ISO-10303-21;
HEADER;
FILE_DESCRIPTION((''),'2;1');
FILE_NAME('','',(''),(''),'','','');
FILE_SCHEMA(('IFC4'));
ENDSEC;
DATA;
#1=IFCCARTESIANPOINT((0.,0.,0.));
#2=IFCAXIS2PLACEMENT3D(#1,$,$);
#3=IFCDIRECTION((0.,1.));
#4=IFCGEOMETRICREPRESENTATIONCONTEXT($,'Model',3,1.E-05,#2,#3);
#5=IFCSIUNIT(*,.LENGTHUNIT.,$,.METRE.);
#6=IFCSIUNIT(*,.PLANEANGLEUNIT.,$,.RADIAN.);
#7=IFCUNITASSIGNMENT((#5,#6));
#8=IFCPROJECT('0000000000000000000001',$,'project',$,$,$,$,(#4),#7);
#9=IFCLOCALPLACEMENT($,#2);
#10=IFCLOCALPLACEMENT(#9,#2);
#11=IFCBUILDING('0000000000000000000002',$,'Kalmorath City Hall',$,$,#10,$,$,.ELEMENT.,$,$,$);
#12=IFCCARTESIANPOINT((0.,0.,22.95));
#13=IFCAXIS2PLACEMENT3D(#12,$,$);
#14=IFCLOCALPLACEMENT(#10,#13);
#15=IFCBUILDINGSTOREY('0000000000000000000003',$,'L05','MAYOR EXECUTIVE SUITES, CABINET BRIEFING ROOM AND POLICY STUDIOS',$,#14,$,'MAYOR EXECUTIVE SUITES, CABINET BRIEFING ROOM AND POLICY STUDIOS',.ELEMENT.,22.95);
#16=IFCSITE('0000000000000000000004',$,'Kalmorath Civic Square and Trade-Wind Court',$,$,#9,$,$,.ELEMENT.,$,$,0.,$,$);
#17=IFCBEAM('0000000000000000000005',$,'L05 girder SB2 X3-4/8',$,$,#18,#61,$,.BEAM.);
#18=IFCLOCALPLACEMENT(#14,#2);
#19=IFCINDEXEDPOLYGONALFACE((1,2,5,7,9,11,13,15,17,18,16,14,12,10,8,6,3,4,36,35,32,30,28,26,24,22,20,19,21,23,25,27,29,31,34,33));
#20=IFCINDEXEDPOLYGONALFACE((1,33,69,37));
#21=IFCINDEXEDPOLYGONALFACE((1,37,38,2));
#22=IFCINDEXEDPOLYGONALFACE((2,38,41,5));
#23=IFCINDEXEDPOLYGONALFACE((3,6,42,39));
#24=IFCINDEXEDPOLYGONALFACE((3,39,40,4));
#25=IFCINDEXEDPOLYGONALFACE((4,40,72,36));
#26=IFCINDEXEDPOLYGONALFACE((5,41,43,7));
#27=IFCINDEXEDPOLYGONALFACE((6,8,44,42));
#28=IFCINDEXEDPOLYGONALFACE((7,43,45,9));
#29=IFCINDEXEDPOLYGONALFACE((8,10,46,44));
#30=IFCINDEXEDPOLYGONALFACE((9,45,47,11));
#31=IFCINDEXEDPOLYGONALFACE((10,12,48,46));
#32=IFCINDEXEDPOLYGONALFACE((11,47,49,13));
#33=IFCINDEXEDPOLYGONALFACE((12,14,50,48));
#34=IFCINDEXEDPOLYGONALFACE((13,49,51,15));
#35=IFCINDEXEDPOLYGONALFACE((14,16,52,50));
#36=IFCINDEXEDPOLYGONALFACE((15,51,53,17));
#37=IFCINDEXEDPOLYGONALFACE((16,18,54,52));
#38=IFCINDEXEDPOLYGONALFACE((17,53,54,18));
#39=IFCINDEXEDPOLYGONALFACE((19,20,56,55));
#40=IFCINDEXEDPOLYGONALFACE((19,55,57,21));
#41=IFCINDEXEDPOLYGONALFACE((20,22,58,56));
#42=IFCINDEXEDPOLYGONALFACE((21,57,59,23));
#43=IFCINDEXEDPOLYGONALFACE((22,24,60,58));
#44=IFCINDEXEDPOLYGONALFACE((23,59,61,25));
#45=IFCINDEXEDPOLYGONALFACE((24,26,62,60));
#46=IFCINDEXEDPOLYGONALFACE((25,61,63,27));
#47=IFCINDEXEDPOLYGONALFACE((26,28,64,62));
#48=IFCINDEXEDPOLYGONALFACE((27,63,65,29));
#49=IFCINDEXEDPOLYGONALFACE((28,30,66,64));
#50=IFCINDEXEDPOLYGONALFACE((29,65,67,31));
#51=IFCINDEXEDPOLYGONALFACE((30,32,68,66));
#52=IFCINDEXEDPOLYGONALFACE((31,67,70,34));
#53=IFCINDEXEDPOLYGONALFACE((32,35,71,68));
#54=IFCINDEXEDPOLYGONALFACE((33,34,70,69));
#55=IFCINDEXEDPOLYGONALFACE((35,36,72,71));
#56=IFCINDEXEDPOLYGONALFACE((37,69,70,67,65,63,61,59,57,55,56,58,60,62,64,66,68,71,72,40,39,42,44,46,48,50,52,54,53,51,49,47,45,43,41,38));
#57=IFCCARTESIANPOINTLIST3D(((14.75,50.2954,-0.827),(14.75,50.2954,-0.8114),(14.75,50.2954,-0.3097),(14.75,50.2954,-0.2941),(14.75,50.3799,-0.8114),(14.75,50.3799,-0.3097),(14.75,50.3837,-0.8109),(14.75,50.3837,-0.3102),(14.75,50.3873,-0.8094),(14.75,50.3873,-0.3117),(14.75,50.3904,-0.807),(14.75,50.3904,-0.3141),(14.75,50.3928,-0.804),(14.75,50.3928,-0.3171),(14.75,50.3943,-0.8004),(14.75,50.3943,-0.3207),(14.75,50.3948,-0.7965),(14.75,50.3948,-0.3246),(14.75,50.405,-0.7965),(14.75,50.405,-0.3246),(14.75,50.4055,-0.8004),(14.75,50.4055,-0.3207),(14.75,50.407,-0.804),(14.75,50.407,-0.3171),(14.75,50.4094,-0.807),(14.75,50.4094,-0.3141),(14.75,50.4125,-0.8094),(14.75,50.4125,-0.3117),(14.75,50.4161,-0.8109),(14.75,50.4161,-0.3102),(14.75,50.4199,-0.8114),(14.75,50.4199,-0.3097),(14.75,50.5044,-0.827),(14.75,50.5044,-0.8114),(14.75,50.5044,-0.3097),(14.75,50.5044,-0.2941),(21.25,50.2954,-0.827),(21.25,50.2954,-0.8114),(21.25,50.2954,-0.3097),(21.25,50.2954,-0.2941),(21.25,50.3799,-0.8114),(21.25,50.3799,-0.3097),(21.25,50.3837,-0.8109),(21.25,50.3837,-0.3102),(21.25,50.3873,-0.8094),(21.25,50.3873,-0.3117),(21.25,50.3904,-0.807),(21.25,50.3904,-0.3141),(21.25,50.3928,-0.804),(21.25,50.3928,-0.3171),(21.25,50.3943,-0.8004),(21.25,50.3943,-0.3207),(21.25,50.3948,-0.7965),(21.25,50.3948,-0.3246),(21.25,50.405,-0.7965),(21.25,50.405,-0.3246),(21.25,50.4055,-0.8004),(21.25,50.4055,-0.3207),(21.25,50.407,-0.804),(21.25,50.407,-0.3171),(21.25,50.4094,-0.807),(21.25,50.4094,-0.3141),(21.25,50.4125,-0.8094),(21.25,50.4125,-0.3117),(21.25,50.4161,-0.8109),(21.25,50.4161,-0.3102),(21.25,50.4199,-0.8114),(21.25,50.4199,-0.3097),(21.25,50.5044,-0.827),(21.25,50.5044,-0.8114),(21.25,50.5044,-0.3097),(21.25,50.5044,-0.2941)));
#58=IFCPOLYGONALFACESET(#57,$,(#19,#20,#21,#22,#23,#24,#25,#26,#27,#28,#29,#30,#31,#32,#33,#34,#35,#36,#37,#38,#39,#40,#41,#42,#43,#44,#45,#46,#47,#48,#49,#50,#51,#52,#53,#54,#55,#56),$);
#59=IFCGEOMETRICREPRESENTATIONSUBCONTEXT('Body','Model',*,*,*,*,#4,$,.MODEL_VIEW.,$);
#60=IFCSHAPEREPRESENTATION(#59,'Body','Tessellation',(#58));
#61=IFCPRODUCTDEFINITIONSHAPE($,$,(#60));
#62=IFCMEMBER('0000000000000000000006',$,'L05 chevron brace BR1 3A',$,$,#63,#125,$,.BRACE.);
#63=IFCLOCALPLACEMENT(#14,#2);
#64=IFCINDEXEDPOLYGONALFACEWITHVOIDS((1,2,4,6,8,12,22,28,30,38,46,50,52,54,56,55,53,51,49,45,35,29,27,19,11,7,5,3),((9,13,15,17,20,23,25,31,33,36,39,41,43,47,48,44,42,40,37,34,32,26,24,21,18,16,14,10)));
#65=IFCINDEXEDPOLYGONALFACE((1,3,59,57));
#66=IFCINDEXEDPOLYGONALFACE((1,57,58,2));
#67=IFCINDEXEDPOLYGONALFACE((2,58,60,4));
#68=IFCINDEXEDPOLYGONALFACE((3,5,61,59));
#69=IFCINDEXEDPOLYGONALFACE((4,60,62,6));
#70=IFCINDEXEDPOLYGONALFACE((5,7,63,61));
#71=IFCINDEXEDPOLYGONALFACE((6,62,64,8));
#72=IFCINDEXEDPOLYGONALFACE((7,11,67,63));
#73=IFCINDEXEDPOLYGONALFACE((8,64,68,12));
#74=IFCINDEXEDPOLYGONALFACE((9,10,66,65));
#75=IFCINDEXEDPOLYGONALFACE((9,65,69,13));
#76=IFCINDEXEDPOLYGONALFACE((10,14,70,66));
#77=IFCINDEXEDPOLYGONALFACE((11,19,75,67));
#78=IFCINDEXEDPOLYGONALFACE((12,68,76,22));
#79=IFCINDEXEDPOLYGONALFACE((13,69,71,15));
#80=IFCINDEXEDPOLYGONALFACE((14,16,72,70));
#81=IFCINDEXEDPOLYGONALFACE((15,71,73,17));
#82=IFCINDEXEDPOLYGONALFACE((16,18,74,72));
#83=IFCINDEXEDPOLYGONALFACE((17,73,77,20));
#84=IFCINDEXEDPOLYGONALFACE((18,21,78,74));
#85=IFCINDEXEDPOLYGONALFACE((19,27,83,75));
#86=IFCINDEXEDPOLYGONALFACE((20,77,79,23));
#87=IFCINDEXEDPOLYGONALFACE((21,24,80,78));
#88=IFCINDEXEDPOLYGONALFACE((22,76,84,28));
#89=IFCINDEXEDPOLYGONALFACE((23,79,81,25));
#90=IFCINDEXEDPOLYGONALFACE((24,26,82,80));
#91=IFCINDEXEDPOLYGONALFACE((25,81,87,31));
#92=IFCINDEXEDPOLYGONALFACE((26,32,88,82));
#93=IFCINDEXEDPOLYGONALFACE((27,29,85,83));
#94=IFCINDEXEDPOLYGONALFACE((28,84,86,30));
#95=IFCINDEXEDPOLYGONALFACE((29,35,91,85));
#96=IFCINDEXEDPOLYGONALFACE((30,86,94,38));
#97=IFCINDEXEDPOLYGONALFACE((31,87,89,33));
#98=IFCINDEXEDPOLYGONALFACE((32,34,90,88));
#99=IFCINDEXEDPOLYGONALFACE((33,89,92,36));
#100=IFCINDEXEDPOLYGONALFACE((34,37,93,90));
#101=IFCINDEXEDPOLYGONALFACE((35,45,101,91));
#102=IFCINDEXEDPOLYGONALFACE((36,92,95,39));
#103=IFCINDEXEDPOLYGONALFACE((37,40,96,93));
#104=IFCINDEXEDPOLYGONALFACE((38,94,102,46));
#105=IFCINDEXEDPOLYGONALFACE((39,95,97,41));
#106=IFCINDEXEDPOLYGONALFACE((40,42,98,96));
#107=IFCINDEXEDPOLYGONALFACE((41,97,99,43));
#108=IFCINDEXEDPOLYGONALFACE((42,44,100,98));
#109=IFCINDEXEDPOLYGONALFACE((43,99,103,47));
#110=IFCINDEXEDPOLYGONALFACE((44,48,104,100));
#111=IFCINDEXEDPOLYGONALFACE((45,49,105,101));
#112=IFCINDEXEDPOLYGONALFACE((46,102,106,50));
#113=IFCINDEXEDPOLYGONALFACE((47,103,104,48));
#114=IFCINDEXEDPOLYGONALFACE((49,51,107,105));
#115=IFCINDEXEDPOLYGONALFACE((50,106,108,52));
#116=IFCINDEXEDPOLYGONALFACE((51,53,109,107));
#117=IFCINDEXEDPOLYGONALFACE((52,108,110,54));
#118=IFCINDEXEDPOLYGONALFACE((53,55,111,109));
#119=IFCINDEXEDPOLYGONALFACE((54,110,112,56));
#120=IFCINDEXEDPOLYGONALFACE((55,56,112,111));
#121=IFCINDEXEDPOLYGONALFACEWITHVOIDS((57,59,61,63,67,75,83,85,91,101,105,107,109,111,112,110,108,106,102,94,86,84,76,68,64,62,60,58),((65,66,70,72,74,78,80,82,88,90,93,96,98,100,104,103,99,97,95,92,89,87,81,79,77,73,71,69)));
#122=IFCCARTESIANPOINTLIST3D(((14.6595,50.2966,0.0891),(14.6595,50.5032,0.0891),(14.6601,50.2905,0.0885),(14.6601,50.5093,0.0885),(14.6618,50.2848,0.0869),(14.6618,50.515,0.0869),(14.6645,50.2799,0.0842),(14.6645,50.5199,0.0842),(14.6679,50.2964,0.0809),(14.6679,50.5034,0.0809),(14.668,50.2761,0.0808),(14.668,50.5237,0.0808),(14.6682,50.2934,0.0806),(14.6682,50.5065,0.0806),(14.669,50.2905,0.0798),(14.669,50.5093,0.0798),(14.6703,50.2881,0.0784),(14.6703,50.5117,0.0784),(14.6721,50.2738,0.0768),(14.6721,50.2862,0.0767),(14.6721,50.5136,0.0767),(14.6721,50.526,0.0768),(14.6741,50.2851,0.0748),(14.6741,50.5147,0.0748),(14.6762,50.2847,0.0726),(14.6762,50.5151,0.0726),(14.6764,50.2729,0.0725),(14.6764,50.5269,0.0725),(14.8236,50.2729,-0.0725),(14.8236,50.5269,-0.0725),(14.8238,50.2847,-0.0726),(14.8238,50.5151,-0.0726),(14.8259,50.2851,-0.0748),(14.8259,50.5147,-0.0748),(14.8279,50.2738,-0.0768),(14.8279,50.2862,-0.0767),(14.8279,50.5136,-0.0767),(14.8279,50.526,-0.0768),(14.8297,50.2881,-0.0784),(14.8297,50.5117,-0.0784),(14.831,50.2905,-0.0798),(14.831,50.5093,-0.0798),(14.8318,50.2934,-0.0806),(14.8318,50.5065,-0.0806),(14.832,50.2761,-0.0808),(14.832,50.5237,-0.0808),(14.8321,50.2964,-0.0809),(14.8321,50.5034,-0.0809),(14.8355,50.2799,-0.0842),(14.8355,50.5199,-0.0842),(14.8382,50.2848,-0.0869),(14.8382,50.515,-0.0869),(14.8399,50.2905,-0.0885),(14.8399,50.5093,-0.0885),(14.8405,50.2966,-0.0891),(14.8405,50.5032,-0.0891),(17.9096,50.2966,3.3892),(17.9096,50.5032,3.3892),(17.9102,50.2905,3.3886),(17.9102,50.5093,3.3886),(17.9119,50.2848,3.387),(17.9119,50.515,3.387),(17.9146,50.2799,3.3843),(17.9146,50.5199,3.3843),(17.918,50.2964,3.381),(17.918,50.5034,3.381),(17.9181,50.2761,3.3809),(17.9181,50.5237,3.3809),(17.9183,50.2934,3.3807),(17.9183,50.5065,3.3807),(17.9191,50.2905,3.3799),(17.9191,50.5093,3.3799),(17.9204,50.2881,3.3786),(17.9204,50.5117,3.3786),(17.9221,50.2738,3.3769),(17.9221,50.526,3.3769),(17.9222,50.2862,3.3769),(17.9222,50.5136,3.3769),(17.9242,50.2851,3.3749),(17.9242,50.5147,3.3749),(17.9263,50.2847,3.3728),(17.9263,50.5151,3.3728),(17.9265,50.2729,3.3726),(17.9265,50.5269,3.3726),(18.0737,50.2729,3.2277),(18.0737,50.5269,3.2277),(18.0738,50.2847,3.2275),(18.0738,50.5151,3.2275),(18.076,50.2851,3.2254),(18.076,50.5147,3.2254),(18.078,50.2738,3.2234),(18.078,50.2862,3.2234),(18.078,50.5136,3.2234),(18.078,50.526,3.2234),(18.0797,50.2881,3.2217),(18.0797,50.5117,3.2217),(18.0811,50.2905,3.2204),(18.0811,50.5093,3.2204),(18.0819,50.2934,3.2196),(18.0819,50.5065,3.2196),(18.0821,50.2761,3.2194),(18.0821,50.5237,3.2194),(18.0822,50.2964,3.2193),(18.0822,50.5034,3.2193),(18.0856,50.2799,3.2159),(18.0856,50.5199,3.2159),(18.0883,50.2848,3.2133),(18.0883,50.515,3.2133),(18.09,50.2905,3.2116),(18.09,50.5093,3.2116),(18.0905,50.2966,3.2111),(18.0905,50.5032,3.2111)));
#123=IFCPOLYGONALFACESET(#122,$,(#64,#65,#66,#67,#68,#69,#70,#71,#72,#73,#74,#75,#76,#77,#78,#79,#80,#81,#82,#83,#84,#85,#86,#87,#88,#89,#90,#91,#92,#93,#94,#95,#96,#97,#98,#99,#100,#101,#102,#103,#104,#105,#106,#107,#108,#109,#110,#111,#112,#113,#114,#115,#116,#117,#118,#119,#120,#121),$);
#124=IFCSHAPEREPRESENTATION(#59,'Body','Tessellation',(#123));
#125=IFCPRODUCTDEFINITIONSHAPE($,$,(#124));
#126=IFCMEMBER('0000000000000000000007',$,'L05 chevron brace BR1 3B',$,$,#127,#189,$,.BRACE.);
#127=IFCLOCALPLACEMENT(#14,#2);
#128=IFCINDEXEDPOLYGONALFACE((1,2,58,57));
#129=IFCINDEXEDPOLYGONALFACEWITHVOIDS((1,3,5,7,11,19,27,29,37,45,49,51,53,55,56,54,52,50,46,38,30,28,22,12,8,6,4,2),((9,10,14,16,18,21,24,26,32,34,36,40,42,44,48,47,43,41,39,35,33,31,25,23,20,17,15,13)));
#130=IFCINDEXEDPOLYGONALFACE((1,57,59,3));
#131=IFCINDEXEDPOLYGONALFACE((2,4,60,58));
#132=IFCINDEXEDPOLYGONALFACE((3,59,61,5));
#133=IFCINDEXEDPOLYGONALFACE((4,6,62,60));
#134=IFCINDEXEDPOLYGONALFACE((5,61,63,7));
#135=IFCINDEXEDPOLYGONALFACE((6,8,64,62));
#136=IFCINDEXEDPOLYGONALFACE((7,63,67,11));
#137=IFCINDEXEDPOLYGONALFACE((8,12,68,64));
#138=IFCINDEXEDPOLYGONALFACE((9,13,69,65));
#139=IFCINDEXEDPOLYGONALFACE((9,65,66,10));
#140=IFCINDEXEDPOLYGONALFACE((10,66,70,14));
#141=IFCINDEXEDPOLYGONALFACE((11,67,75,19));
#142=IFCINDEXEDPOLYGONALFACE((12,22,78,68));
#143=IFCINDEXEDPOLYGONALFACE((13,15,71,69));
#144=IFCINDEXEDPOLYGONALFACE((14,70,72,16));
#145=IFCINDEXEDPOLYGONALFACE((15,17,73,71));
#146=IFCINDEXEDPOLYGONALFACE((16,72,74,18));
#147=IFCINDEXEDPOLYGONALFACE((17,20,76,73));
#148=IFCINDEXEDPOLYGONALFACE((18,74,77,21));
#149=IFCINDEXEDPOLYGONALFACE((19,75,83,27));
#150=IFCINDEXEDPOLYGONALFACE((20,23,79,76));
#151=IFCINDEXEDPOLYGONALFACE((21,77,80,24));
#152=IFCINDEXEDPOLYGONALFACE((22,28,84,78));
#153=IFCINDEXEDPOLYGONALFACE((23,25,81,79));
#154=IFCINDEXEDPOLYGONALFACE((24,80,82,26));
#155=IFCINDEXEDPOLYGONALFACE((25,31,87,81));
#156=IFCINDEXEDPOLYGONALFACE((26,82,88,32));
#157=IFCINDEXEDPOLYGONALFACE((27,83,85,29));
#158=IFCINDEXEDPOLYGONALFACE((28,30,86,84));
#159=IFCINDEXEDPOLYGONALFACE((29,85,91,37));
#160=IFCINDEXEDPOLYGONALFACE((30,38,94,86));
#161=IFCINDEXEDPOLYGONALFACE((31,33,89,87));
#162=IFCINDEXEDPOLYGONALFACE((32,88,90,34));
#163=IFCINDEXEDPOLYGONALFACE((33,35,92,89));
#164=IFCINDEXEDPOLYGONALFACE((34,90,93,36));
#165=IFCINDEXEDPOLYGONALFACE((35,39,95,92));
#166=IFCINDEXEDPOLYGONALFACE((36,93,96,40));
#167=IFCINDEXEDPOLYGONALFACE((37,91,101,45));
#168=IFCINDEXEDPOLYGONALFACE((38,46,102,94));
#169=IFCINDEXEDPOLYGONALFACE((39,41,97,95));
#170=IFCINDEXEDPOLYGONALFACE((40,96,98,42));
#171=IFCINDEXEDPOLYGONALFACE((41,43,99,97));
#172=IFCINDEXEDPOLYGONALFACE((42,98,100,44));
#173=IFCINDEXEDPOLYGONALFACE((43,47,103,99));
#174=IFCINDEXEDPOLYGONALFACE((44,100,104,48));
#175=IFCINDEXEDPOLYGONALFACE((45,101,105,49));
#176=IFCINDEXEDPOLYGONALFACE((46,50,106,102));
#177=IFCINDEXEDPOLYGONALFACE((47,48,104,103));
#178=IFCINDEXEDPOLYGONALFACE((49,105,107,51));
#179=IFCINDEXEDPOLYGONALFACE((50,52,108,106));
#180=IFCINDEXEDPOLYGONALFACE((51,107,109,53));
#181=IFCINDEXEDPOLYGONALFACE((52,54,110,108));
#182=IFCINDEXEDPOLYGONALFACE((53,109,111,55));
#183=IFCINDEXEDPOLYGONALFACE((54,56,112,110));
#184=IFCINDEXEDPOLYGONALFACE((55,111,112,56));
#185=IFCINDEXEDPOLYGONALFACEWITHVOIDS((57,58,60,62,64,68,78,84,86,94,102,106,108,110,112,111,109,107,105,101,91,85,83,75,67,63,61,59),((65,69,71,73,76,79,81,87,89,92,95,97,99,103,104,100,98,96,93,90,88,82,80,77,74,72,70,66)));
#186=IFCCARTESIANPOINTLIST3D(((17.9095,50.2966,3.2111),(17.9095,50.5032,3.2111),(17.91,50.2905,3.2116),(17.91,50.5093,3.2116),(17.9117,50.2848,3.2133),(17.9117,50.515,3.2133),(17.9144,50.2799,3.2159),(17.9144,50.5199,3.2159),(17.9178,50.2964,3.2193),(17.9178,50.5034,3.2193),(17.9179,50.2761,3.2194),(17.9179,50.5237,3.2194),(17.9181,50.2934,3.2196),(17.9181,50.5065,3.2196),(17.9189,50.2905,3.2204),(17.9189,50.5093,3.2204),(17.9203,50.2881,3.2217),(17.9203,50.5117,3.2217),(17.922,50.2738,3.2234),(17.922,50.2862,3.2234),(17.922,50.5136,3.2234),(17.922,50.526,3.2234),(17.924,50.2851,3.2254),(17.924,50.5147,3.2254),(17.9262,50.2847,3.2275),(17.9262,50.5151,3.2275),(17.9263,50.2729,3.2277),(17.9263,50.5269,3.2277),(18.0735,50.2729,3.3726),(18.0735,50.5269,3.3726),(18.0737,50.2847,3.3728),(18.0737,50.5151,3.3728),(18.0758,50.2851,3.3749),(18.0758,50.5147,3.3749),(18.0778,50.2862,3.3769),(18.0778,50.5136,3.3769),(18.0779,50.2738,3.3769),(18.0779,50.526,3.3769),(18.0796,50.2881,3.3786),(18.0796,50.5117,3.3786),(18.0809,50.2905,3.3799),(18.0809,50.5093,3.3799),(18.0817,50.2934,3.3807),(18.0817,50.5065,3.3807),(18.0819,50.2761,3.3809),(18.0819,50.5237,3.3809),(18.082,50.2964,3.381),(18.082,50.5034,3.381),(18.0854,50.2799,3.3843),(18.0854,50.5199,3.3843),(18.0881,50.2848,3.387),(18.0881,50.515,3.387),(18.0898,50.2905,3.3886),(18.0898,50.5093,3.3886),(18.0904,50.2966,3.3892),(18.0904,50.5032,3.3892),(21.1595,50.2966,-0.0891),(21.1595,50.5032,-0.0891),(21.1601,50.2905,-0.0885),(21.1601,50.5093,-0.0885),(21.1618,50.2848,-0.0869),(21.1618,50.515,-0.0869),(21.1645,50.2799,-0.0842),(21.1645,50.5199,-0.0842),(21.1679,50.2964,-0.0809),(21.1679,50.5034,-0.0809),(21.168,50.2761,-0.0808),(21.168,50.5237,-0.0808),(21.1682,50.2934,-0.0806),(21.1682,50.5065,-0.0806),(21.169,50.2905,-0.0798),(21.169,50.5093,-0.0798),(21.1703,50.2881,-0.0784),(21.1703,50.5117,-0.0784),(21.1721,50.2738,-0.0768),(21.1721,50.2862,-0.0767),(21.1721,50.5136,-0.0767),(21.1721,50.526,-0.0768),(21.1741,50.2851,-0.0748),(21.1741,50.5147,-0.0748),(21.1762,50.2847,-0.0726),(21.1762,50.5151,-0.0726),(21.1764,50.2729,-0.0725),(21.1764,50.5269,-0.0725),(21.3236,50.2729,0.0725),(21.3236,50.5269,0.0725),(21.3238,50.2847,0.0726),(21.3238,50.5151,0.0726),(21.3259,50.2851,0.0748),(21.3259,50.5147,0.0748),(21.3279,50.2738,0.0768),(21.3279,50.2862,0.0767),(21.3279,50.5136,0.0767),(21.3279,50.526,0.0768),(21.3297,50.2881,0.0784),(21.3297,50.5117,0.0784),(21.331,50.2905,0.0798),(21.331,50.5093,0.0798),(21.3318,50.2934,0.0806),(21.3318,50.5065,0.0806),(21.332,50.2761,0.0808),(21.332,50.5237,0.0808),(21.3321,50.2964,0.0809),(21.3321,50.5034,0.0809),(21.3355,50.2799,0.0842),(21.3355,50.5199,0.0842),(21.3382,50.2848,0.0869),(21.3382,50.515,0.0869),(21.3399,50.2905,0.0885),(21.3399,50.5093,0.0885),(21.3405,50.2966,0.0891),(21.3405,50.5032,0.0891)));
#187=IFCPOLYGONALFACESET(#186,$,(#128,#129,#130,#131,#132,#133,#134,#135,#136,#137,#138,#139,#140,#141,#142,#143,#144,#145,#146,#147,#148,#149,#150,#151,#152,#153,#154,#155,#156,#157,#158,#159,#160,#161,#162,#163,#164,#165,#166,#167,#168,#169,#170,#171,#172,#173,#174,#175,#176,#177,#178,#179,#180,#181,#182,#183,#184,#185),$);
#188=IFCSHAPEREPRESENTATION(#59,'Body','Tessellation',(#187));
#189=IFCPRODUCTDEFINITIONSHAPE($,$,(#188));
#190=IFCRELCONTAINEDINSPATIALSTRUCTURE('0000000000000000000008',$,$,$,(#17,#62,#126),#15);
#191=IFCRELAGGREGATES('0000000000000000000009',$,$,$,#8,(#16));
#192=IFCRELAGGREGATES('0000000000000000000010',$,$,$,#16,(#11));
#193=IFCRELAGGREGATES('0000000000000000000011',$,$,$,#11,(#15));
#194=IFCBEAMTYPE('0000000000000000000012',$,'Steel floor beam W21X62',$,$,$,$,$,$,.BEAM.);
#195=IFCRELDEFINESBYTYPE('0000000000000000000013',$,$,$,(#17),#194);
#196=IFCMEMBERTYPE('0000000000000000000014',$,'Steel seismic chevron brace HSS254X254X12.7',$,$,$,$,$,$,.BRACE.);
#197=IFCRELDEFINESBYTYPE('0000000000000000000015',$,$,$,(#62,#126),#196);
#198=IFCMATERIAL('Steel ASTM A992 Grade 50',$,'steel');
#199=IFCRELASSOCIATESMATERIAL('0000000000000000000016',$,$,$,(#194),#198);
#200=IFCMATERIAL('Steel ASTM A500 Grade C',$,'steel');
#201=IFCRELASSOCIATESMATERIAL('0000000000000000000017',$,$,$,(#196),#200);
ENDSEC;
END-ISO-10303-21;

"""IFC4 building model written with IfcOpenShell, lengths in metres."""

from ifc_helpers import new_model, si_unit, direction, frame, origin, origin_2d, place, context, subcontext, project, spatial, hollow_rectangle, i_section, extrude, material, material_profile, profile_set, type_object, element, save


model = new_model("IFC4")

# Units and contexts
model_context = context("Model", 3, precision=1e-05, world=origin(), true_north=direction((0.0, 1.0)))
body_context = subcontext(model_context, "Body", "Model", "MODEL_VIEW")
ifc_project = project(units=[si_unit("LENGTHUNIT", "METRE"), si_unit("PLANEANGLEUNIT", "RADIAN")], contexts=[model_context])

# Site, building, storey
site_placement = place(None, origin())
site = spatial("IfcSite", under=ifc_project, at=site_placement, Name="Kalmorath Civic Square and Trade-Wind Court", CompositionType="ELEMENT", RefElevation=0.0)
building_placement = place(site_placement, origin())
building = spatial("IfcBuilding", under=site, at=building_placement, Name="Kalmorath City Hall", CompositionType="ELEMENT")
storey_placement = place(building_placement, frame((0.0, 0.0, 22.95)))
storey = spatial("IfcBuildingStorey", under=building, at=storey_placement, Name="L05", Description="MAYOR EXECUTIVE SUITES, CABINET BRIEFING ROOM AND POLICY STUDIOS", LongName="MAYOR EXECUTIVE SUITES, CABINET BRIEFING ROOM AND POLICY STUDIOS", CompositionType="ELEMENT", Elevation=22.95)

# Beam
ifc_material_1 = material(Name="Steel ASTM A992 Grade 50", Category="steel")
ifc_material_profile_1 = material_profile(ifc_material_1, i_section(OverallWidth=0.209, OverallDepth=0.533, WebThickness=0.0103, FlangeThickness=0.0156, FilletRadius=0.0149, at=origin_2d()), Name="W21X62")
ifc_profile_set_1 = profile_set([ifc_material_profile_1], Name="Steel ASTM A992 Grade 50")
beam_type_1 = type_object("IfcBeamType", Name="Steel floor beam W21X62", PredefinedType="BEAM", material=ifc_profile_set_1)
beam_1_placement = place(storey_placement, frame((14.75, 50.3999, -0.5605), z_axis=(1.0, 0.0, 0.0), x_axis=(0.0, 1.0, 0.0)))
element("IfcBeam", 1, at=beam_1_placement, inside=storey, type_object=beam_type_1, Name="L05 girder SB2 X3-4/8", PredefinedType="BEAM", context=body_context, shape_type="SweptSolid", body=[
    extrude(i_section(OverallWidth=0.209, OverallDepth=0.533, WebThickness=0.0103, FlangeThickness=0.0156, FilletRadius=0.0149, at=origin_2d()), origin(), (0.0, 0.0, 1.0), 6.5),
])

# Members
ifc_material_2 = material(Name="Steel ASTM A500 Grade C", Category="steel")
ifc_material_profile_2 = material_profile(ifc_material_2, hollow_rectangle(XDim=0.2539, YDim=0.2539, WallThickness=0.0117, InnerFilletRadius=0.0117, OuterFilletRadius=0.0237, at=origin_2d()), Name="HSS254X254X12.7")
ifc_profile_set_2 = profile_set([ifc_material_profile_2], Name="Steel ASTM A500 Grade C")
member_type_1 = type_object("IfcMemberType", Name="Steel seismic chevron brace HSS254X254X12.7", PredefinedType="BRACE", material=ifc_profile_set_2)
for number, where, z_axis, x_axis, name in (
    (2, (14.75, 50.3999, 0.0), (0.701683, 0.0, 0.712489), (0.0, 1.0, 0.0), "L05 chevron brace BR1 3A"),
    (3, (21.25, 50.3999, 0.0), (-0.701683, 0.0, 0.712489), (0.0, -1.0, 0.0), "L05 chevron brace BR1 3B"),
):
    element("IfcMember", number, at=place(storey_placement, frame(where, z_axis=z_axis, x_axis=x_axis)), inside=storey, type_object=member_type_1, Name=name, PredefinedType="BRACE", context=body_context, shape_type="SweptSolid", body=[
        extrude(hollow_rectangle(XDim=0.2539, YDim=0.2539, WallThickness=0.0117, InnerFilletRadius=0.0117, OuterFilletRadius=0.0237, at=origin_2d()), origin(), (0.0, 0.0, 1.0), 4.6318),
    ])

save(model, "model.ifc")
